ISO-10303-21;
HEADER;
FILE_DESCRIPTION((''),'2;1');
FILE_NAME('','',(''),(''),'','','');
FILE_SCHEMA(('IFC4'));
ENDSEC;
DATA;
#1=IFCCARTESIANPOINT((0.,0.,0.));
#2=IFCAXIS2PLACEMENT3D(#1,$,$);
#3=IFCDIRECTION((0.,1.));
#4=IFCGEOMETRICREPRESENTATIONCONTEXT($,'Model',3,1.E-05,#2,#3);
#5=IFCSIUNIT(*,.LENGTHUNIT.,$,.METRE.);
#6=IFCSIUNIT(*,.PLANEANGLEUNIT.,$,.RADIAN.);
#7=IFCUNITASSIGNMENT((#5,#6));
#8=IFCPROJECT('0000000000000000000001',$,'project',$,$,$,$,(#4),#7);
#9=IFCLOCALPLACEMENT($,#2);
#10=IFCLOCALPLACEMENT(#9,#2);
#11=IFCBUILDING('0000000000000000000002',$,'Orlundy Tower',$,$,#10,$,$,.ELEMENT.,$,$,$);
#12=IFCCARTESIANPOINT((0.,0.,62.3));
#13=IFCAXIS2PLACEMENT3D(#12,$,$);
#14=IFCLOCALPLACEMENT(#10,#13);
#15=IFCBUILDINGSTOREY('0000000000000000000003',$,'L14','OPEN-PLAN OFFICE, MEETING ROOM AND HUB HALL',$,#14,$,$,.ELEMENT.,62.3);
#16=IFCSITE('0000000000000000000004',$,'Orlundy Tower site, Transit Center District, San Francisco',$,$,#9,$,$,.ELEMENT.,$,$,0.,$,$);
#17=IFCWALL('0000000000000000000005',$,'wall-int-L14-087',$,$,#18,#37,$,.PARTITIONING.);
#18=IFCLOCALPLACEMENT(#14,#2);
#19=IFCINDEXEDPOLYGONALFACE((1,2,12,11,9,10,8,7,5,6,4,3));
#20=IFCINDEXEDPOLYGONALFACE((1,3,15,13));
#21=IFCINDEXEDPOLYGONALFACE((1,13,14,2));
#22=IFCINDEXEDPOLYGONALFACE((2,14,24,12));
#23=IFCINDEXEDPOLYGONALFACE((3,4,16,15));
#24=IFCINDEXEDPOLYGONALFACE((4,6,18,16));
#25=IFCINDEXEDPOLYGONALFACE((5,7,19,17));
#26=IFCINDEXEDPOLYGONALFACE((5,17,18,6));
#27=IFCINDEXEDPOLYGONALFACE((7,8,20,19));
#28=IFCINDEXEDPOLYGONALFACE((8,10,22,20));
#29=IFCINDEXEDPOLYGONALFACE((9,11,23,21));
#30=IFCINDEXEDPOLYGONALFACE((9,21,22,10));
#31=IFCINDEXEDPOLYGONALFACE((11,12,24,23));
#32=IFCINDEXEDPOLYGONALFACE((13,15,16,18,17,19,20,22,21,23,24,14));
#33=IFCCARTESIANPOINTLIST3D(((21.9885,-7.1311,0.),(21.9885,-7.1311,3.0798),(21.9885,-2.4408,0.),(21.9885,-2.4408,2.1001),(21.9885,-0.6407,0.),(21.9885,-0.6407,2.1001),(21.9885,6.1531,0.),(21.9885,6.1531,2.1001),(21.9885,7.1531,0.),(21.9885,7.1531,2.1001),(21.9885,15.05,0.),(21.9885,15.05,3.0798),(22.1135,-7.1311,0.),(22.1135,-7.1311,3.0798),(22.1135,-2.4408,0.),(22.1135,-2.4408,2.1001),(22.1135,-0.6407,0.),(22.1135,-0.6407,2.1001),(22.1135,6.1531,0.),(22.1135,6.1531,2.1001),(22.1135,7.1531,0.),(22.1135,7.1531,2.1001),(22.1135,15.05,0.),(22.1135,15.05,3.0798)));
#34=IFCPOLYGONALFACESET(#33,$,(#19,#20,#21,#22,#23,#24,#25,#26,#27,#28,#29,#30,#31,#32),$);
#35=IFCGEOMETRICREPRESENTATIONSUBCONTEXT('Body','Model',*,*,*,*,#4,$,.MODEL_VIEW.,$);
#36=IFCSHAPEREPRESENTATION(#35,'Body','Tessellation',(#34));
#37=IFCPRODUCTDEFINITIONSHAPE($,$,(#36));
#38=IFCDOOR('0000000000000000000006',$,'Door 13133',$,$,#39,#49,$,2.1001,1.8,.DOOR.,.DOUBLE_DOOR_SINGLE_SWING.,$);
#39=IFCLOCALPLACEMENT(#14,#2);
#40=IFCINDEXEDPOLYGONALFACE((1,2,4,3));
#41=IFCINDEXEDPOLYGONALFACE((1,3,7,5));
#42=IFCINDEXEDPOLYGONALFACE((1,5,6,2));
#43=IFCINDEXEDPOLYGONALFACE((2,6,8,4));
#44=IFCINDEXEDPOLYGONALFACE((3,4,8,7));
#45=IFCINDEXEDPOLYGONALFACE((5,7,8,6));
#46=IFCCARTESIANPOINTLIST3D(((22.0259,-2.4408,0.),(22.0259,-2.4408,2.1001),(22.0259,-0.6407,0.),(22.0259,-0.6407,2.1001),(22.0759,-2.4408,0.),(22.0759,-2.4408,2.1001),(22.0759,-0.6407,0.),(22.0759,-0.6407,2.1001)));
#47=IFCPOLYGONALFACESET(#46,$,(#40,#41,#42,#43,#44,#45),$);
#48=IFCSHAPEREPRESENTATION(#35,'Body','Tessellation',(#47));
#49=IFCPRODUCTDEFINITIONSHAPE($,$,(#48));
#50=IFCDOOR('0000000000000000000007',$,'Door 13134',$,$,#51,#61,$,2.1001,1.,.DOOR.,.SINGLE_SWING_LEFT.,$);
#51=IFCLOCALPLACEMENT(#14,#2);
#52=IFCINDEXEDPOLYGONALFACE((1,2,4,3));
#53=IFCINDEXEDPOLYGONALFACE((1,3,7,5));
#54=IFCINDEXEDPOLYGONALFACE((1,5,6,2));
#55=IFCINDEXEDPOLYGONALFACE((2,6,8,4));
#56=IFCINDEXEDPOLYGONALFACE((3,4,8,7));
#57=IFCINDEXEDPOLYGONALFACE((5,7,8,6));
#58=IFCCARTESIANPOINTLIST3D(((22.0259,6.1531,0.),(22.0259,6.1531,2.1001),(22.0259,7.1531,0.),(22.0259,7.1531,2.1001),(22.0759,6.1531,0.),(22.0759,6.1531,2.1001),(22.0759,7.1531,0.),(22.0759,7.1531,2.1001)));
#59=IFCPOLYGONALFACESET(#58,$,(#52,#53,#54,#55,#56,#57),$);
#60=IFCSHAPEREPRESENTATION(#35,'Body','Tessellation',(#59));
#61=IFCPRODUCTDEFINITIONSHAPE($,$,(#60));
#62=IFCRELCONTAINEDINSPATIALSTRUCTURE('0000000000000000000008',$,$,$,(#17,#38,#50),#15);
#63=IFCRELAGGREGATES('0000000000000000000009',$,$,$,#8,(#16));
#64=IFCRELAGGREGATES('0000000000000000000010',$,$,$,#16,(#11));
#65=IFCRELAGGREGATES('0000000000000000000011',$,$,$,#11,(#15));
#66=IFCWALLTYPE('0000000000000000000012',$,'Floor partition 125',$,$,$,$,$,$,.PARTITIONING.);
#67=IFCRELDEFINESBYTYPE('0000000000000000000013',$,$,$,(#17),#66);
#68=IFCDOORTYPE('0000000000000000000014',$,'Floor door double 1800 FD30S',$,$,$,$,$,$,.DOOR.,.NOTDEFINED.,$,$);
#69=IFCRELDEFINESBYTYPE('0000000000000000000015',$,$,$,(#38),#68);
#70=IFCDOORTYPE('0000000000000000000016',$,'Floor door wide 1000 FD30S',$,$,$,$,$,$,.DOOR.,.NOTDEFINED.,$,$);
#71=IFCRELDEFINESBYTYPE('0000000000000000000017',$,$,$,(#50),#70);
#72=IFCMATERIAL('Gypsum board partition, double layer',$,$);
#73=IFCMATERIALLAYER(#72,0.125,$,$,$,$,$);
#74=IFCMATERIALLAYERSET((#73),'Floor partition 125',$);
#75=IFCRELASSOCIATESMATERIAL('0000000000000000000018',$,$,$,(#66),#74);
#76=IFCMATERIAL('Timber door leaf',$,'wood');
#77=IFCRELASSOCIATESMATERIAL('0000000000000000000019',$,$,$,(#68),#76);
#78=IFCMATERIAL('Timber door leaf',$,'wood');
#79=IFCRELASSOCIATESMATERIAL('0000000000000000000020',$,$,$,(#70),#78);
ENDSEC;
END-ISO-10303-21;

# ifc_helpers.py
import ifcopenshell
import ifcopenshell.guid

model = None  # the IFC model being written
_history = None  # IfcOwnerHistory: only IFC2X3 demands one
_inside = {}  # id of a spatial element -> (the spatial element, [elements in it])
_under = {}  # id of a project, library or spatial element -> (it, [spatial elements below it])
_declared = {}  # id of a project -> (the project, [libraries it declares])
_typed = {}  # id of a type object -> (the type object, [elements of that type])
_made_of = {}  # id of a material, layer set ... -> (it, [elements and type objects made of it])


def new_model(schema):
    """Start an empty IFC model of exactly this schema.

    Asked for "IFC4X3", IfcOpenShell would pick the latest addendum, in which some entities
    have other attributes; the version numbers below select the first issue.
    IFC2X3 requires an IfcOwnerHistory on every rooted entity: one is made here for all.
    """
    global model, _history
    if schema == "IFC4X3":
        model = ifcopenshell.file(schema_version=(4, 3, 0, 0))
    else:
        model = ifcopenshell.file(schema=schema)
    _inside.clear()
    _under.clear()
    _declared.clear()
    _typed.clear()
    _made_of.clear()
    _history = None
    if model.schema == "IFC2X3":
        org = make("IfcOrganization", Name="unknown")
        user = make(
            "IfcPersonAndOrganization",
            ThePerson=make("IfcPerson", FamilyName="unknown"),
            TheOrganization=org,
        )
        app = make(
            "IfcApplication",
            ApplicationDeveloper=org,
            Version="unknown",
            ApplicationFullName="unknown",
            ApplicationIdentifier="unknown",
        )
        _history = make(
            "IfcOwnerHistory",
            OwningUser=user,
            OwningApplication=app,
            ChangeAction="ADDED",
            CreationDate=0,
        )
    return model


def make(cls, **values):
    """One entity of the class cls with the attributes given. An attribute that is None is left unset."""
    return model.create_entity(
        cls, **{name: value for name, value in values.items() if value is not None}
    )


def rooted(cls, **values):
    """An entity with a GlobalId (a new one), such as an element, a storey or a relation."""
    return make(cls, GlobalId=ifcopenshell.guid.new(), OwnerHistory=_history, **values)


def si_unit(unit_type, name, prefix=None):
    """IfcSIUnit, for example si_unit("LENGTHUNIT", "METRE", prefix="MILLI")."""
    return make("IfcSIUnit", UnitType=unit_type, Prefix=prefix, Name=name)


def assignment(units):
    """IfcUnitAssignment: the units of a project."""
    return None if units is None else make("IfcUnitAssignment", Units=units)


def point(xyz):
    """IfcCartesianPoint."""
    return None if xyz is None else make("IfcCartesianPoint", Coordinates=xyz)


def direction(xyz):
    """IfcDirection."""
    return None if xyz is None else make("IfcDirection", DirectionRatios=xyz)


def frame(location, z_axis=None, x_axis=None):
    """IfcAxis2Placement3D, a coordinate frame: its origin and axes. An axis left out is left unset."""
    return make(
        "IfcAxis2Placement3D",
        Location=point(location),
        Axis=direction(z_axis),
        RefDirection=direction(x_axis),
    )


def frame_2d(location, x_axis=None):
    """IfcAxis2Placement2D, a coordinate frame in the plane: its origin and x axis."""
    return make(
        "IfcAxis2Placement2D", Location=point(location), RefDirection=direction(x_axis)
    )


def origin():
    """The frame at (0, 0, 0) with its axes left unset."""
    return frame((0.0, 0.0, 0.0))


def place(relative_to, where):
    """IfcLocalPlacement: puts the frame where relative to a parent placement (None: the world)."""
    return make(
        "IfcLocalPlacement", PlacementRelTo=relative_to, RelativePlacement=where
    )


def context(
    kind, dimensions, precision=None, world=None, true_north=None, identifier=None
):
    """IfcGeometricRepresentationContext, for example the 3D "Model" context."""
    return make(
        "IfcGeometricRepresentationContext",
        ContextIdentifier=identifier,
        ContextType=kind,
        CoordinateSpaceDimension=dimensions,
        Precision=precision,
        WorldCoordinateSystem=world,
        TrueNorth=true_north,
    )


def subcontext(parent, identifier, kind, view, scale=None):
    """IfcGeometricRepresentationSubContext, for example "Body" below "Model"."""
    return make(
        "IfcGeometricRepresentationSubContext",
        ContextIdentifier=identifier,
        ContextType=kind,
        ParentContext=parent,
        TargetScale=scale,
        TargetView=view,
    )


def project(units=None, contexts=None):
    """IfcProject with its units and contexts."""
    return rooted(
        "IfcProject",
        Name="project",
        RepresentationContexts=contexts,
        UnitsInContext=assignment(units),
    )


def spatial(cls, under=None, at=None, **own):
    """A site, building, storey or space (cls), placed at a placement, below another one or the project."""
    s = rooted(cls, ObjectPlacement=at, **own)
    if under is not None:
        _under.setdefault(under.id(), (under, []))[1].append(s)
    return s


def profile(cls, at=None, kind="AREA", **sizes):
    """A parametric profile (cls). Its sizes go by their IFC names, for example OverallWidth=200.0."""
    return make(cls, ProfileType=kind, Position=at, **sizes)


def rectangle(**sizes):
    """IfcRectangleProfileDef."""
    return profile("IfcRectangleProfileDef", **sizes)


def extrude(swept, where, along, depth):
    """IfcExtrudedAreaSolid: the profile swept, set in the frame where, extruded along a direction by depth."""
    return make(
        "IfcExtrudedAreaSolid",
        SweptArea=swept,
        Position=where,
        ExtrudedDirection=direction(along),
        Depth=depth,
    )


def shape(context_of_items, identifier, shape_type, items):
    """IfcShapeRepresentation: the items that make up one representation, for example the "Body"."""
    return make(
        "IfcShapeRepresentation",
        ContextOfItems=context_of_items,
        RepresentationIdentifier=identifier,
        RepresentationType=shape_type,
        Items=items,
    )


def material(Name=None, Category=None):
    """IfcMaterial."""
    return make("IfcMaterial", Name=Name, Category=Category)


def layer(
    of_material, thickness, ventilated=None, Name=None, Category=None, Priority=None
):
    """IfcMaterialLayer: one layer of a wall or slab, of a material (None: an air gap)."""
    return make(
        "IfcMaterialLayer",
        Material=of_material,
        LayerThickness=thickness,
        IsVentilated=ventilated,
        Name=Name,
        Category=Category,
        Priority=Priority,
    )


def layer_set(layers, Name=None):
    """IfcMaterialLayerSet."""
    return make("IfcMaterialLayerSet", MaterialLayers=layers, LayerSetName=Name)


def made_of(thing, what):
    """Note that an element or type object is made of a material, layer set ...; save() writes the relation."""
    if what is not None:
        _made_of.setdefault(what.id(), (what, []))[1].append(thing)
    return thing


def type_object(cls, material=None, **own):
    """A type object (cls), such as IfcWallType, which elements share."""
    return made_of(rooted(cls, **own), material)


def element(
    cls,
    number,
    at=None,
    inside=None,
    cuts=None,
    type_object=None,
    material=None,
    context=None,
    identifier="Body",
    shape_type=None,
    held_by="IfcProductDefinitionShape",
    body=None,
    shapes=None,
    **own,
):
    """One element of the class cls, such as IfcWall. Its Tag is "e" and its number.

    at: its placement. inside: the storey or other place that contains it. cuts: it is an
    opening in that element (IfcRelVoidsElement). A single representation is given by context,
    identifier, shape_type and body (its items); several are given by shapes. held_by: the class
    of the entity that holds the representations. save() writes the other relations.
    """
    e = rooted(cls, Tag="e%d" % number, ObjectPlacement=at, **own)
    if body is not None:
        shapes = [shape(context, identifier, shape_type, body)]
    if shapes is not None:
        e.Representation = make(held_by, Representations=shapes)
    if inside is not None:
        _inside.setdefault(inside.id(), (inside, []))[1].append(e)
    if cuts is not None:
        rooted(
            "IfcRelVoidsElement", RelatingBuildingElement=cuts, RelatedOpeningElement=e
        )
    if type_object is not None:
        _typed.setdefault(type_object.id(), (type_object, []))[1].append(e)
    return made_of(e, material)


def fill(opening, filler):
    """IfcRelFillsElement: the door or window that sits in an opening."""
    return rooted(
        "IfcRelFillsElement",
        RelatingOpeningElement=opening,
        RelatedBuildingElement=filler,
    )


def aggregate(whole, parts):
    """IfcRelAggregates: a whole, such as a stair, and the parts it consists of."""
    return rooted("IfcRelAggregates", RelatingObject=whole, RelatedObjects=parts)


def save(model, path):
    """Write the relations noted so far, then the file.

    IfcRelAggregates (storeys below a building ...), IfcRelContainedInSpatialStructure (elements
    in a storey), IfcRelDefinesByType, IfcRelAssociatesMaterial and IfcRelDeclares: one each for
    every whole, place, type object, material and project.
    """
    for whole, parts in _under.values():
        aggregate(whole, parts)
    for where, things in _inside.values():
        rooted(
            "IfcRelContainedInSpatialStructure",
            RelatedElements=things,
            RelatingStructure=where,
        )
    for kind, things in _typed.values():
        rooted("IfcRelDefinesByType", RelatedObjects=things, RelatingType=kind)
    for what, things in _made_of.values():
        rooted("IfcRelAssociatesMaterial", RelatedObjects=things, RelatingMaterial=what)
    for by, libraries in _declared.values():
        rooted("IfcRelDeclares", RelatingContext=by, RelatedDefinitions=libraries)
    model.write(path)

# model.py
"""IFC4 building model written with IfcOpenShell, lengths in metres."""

from ifc_helpers import new_model, si_unit, direction, frame, frame_2d, origin, place, context, subcontext, project, spatial, rectangle, extrude, material, layer, layer_set, type_object, element, fill, save


model = new_model("IFC4")

# Units and contexts
model_context = context("Model", 3, precision=1e-05, world=origin(), true_north=direction((0.0, 1.0)))
body_context = subcontext(model_context, "Body", "Model", "MODEL_VIEW")
ifc_project = project(units=[si_unit("LENGTHUNIT", "METRE"), si_unit("PLANEANGLEUNIT", "RADIAN")], contexts=[model_context])

# Site, building, storey
site_placement = place(None, origin())
site = spatial("IfcSite", under=ifc_project, at=site_placement, Name="Orlundy Tower site, Transit Center District, San Francisco", CompositionType="ELEMENT", RefElevation=0.0)
building_placement = place(site_placement, origin())
building = spatial("IfcBuilding", under=site, at=building_placement, Name="Orlundy Tower", CompositionType="ELEMENT")
storey_placement = place(building_placement, frame((0.0, 0.0, 62.3)))
storey = spatial("IfcBuildingStorey", under=building, at=storey_placement, Name="L14", Description="OPEN-PLAN OFFICE, MEETING ROOM AND HUB HALL", CompositionType="ELEMENT", Elevation=62.3)

# Shared definitions
ifc_material_1 = material(Name="Gypsum board partition, double layer")
ifc_layer_1 = layer(ifc_material_1, 0.125)
ifc_layer_set_1 = layer_set([ifc_layer_1], Name="Floor partition 125")
wall_type_1 = type_object("IfcWallType", Name="Floor partition 125", PredefinedType="PARTITIONING", material=ifc_layer_set_1)

# Wall, openings, doors
wall_1_placement = place(storey_placement, frame((22.051, 15.05, 0.0), z_axis=(0.0, 0.0, 1.0), x_axis=(0.0, -1.0, 0.0)))
wall_1 = element("IfcWall", 1, at=wall_1_placement, inside=storey, type_object=wall_type_1, Name="wall-int-L14-087", PredefinedType="PARTITIONING", context=body_context, shape_type="SweptSolid", body=[
    extrude(rectangle(XDim=22.1812, YDim=0.125, at=frame_2d((11.0906, 0.0))), origin(), (0.0, 0.0, 1.0), 3.0798),
])
opening_1_placement = place(wall_1_placement, frame((15.6909, 0.0, 0.0)))
opening_1 = element("IfcOpeningElement", 2, at=opening_1_placement, cuts=wall_1, PredefinedType="OPENING", context=body_context, shape_type="SweptSolid", body=[
    extrude(rectangle(XDim=1.8, YDim=2.1001, at=frame_2d((0.8999, 1.05))), frame((0.0, 0.0725, 0.0), z_axis=(0.0, -1.0, 0.0), x_axis=(1.0, 0.0, 0.0)), (0.0, 0.0, 1.0), 0.145),
])
opening_2_placement = place(wall_1_placement, frame((7.897, 0.0, 0.0)))
opening_2 = element("IfcOpeningElement", 3, at=opening_2_placement, cuts=wall_1, PredefinedType="OPENING", context=body_context, shape_type="SweptSolid", body=[
    extrude(rectangle(XDim=1.0, YDim=2.1001, at=frame_2d((0.5, 1.05))), frame((0.0, 0.0725, 0.0), z_axis=(0.0, -1.0, 0.0), x_axis=(1.0, 0.0, 0.0)), (0.0, 0.0, 1.0), 0.145),
])
ifc_material_2 = material(Name="Timber door leaf", Category="wood")
door_type_1 = type_object("IfcDoorType", Name="Floor door double 1800 FD30S", OperationType="NOTDEFINED", PredefinedType="DOOR", material=ifc_material_2)
door_1_placement = place(opening_1_placement, origin())
door_1 = element("IfcDoor", 4, at=door_1_placement, inside=storey, type_object=door_type_1, Name="Door 13133", OperationType="DOUBLE_DOOR_SINGLE_SWING", OverallHeight=2.1001, OverallWidth=1.8, PredefinedType="DOOR", context=body_context, shape_type="SweptSolid", body=[
    extrude(rectangle(XDim=1.8, YDim=2.1001, at=frame_2d((0.8999, 1.05))), frame((0.0, 0.0249, 0.0), z_axis=(0.0, -1.0, 0.0), x_axis=(1.0, 0.0, 0.0)), (0.0, 0.0, 1.0), 0.05),
])
fill(opening_1, door_1)
ifc_material_3 = material(Name="Timber door leaf", Category="wood")
door_type_2 = type_object("IfcDoorType", Name="Floor door wide 1000 FD30S", OperationType="NOTDEFINED", PredefinedType="DOOR", material=ifc_material_3)
door_2_placement = place(opening_2_placement, origin())
door_2 = element("IfcDoor", 5, at=door_2_placement, inside=storey, type_object=door_type_2, Name="Door 13134", OperationType="SINGLE_SWING_LEFT", OverallHeight=2.1001, OverallWidth=1.0, PredefinedType="DOOR", context=body_context, shape_type="SweptSolid", body=[
    extrude(rectangle(XDim=1.0, YDim=2.1001, at=frame_2d((0.5, 1.05))), frame((0.0, 0.0249, 0.0), z_axis=(0.0, -1.0, 0.0), x_axis=(1.0, 0.0, 0.0)), (0.0, 0.0, 1.0), 0.05),
])
fill(opening_2, door_2)

save(model, "model.ifc")
